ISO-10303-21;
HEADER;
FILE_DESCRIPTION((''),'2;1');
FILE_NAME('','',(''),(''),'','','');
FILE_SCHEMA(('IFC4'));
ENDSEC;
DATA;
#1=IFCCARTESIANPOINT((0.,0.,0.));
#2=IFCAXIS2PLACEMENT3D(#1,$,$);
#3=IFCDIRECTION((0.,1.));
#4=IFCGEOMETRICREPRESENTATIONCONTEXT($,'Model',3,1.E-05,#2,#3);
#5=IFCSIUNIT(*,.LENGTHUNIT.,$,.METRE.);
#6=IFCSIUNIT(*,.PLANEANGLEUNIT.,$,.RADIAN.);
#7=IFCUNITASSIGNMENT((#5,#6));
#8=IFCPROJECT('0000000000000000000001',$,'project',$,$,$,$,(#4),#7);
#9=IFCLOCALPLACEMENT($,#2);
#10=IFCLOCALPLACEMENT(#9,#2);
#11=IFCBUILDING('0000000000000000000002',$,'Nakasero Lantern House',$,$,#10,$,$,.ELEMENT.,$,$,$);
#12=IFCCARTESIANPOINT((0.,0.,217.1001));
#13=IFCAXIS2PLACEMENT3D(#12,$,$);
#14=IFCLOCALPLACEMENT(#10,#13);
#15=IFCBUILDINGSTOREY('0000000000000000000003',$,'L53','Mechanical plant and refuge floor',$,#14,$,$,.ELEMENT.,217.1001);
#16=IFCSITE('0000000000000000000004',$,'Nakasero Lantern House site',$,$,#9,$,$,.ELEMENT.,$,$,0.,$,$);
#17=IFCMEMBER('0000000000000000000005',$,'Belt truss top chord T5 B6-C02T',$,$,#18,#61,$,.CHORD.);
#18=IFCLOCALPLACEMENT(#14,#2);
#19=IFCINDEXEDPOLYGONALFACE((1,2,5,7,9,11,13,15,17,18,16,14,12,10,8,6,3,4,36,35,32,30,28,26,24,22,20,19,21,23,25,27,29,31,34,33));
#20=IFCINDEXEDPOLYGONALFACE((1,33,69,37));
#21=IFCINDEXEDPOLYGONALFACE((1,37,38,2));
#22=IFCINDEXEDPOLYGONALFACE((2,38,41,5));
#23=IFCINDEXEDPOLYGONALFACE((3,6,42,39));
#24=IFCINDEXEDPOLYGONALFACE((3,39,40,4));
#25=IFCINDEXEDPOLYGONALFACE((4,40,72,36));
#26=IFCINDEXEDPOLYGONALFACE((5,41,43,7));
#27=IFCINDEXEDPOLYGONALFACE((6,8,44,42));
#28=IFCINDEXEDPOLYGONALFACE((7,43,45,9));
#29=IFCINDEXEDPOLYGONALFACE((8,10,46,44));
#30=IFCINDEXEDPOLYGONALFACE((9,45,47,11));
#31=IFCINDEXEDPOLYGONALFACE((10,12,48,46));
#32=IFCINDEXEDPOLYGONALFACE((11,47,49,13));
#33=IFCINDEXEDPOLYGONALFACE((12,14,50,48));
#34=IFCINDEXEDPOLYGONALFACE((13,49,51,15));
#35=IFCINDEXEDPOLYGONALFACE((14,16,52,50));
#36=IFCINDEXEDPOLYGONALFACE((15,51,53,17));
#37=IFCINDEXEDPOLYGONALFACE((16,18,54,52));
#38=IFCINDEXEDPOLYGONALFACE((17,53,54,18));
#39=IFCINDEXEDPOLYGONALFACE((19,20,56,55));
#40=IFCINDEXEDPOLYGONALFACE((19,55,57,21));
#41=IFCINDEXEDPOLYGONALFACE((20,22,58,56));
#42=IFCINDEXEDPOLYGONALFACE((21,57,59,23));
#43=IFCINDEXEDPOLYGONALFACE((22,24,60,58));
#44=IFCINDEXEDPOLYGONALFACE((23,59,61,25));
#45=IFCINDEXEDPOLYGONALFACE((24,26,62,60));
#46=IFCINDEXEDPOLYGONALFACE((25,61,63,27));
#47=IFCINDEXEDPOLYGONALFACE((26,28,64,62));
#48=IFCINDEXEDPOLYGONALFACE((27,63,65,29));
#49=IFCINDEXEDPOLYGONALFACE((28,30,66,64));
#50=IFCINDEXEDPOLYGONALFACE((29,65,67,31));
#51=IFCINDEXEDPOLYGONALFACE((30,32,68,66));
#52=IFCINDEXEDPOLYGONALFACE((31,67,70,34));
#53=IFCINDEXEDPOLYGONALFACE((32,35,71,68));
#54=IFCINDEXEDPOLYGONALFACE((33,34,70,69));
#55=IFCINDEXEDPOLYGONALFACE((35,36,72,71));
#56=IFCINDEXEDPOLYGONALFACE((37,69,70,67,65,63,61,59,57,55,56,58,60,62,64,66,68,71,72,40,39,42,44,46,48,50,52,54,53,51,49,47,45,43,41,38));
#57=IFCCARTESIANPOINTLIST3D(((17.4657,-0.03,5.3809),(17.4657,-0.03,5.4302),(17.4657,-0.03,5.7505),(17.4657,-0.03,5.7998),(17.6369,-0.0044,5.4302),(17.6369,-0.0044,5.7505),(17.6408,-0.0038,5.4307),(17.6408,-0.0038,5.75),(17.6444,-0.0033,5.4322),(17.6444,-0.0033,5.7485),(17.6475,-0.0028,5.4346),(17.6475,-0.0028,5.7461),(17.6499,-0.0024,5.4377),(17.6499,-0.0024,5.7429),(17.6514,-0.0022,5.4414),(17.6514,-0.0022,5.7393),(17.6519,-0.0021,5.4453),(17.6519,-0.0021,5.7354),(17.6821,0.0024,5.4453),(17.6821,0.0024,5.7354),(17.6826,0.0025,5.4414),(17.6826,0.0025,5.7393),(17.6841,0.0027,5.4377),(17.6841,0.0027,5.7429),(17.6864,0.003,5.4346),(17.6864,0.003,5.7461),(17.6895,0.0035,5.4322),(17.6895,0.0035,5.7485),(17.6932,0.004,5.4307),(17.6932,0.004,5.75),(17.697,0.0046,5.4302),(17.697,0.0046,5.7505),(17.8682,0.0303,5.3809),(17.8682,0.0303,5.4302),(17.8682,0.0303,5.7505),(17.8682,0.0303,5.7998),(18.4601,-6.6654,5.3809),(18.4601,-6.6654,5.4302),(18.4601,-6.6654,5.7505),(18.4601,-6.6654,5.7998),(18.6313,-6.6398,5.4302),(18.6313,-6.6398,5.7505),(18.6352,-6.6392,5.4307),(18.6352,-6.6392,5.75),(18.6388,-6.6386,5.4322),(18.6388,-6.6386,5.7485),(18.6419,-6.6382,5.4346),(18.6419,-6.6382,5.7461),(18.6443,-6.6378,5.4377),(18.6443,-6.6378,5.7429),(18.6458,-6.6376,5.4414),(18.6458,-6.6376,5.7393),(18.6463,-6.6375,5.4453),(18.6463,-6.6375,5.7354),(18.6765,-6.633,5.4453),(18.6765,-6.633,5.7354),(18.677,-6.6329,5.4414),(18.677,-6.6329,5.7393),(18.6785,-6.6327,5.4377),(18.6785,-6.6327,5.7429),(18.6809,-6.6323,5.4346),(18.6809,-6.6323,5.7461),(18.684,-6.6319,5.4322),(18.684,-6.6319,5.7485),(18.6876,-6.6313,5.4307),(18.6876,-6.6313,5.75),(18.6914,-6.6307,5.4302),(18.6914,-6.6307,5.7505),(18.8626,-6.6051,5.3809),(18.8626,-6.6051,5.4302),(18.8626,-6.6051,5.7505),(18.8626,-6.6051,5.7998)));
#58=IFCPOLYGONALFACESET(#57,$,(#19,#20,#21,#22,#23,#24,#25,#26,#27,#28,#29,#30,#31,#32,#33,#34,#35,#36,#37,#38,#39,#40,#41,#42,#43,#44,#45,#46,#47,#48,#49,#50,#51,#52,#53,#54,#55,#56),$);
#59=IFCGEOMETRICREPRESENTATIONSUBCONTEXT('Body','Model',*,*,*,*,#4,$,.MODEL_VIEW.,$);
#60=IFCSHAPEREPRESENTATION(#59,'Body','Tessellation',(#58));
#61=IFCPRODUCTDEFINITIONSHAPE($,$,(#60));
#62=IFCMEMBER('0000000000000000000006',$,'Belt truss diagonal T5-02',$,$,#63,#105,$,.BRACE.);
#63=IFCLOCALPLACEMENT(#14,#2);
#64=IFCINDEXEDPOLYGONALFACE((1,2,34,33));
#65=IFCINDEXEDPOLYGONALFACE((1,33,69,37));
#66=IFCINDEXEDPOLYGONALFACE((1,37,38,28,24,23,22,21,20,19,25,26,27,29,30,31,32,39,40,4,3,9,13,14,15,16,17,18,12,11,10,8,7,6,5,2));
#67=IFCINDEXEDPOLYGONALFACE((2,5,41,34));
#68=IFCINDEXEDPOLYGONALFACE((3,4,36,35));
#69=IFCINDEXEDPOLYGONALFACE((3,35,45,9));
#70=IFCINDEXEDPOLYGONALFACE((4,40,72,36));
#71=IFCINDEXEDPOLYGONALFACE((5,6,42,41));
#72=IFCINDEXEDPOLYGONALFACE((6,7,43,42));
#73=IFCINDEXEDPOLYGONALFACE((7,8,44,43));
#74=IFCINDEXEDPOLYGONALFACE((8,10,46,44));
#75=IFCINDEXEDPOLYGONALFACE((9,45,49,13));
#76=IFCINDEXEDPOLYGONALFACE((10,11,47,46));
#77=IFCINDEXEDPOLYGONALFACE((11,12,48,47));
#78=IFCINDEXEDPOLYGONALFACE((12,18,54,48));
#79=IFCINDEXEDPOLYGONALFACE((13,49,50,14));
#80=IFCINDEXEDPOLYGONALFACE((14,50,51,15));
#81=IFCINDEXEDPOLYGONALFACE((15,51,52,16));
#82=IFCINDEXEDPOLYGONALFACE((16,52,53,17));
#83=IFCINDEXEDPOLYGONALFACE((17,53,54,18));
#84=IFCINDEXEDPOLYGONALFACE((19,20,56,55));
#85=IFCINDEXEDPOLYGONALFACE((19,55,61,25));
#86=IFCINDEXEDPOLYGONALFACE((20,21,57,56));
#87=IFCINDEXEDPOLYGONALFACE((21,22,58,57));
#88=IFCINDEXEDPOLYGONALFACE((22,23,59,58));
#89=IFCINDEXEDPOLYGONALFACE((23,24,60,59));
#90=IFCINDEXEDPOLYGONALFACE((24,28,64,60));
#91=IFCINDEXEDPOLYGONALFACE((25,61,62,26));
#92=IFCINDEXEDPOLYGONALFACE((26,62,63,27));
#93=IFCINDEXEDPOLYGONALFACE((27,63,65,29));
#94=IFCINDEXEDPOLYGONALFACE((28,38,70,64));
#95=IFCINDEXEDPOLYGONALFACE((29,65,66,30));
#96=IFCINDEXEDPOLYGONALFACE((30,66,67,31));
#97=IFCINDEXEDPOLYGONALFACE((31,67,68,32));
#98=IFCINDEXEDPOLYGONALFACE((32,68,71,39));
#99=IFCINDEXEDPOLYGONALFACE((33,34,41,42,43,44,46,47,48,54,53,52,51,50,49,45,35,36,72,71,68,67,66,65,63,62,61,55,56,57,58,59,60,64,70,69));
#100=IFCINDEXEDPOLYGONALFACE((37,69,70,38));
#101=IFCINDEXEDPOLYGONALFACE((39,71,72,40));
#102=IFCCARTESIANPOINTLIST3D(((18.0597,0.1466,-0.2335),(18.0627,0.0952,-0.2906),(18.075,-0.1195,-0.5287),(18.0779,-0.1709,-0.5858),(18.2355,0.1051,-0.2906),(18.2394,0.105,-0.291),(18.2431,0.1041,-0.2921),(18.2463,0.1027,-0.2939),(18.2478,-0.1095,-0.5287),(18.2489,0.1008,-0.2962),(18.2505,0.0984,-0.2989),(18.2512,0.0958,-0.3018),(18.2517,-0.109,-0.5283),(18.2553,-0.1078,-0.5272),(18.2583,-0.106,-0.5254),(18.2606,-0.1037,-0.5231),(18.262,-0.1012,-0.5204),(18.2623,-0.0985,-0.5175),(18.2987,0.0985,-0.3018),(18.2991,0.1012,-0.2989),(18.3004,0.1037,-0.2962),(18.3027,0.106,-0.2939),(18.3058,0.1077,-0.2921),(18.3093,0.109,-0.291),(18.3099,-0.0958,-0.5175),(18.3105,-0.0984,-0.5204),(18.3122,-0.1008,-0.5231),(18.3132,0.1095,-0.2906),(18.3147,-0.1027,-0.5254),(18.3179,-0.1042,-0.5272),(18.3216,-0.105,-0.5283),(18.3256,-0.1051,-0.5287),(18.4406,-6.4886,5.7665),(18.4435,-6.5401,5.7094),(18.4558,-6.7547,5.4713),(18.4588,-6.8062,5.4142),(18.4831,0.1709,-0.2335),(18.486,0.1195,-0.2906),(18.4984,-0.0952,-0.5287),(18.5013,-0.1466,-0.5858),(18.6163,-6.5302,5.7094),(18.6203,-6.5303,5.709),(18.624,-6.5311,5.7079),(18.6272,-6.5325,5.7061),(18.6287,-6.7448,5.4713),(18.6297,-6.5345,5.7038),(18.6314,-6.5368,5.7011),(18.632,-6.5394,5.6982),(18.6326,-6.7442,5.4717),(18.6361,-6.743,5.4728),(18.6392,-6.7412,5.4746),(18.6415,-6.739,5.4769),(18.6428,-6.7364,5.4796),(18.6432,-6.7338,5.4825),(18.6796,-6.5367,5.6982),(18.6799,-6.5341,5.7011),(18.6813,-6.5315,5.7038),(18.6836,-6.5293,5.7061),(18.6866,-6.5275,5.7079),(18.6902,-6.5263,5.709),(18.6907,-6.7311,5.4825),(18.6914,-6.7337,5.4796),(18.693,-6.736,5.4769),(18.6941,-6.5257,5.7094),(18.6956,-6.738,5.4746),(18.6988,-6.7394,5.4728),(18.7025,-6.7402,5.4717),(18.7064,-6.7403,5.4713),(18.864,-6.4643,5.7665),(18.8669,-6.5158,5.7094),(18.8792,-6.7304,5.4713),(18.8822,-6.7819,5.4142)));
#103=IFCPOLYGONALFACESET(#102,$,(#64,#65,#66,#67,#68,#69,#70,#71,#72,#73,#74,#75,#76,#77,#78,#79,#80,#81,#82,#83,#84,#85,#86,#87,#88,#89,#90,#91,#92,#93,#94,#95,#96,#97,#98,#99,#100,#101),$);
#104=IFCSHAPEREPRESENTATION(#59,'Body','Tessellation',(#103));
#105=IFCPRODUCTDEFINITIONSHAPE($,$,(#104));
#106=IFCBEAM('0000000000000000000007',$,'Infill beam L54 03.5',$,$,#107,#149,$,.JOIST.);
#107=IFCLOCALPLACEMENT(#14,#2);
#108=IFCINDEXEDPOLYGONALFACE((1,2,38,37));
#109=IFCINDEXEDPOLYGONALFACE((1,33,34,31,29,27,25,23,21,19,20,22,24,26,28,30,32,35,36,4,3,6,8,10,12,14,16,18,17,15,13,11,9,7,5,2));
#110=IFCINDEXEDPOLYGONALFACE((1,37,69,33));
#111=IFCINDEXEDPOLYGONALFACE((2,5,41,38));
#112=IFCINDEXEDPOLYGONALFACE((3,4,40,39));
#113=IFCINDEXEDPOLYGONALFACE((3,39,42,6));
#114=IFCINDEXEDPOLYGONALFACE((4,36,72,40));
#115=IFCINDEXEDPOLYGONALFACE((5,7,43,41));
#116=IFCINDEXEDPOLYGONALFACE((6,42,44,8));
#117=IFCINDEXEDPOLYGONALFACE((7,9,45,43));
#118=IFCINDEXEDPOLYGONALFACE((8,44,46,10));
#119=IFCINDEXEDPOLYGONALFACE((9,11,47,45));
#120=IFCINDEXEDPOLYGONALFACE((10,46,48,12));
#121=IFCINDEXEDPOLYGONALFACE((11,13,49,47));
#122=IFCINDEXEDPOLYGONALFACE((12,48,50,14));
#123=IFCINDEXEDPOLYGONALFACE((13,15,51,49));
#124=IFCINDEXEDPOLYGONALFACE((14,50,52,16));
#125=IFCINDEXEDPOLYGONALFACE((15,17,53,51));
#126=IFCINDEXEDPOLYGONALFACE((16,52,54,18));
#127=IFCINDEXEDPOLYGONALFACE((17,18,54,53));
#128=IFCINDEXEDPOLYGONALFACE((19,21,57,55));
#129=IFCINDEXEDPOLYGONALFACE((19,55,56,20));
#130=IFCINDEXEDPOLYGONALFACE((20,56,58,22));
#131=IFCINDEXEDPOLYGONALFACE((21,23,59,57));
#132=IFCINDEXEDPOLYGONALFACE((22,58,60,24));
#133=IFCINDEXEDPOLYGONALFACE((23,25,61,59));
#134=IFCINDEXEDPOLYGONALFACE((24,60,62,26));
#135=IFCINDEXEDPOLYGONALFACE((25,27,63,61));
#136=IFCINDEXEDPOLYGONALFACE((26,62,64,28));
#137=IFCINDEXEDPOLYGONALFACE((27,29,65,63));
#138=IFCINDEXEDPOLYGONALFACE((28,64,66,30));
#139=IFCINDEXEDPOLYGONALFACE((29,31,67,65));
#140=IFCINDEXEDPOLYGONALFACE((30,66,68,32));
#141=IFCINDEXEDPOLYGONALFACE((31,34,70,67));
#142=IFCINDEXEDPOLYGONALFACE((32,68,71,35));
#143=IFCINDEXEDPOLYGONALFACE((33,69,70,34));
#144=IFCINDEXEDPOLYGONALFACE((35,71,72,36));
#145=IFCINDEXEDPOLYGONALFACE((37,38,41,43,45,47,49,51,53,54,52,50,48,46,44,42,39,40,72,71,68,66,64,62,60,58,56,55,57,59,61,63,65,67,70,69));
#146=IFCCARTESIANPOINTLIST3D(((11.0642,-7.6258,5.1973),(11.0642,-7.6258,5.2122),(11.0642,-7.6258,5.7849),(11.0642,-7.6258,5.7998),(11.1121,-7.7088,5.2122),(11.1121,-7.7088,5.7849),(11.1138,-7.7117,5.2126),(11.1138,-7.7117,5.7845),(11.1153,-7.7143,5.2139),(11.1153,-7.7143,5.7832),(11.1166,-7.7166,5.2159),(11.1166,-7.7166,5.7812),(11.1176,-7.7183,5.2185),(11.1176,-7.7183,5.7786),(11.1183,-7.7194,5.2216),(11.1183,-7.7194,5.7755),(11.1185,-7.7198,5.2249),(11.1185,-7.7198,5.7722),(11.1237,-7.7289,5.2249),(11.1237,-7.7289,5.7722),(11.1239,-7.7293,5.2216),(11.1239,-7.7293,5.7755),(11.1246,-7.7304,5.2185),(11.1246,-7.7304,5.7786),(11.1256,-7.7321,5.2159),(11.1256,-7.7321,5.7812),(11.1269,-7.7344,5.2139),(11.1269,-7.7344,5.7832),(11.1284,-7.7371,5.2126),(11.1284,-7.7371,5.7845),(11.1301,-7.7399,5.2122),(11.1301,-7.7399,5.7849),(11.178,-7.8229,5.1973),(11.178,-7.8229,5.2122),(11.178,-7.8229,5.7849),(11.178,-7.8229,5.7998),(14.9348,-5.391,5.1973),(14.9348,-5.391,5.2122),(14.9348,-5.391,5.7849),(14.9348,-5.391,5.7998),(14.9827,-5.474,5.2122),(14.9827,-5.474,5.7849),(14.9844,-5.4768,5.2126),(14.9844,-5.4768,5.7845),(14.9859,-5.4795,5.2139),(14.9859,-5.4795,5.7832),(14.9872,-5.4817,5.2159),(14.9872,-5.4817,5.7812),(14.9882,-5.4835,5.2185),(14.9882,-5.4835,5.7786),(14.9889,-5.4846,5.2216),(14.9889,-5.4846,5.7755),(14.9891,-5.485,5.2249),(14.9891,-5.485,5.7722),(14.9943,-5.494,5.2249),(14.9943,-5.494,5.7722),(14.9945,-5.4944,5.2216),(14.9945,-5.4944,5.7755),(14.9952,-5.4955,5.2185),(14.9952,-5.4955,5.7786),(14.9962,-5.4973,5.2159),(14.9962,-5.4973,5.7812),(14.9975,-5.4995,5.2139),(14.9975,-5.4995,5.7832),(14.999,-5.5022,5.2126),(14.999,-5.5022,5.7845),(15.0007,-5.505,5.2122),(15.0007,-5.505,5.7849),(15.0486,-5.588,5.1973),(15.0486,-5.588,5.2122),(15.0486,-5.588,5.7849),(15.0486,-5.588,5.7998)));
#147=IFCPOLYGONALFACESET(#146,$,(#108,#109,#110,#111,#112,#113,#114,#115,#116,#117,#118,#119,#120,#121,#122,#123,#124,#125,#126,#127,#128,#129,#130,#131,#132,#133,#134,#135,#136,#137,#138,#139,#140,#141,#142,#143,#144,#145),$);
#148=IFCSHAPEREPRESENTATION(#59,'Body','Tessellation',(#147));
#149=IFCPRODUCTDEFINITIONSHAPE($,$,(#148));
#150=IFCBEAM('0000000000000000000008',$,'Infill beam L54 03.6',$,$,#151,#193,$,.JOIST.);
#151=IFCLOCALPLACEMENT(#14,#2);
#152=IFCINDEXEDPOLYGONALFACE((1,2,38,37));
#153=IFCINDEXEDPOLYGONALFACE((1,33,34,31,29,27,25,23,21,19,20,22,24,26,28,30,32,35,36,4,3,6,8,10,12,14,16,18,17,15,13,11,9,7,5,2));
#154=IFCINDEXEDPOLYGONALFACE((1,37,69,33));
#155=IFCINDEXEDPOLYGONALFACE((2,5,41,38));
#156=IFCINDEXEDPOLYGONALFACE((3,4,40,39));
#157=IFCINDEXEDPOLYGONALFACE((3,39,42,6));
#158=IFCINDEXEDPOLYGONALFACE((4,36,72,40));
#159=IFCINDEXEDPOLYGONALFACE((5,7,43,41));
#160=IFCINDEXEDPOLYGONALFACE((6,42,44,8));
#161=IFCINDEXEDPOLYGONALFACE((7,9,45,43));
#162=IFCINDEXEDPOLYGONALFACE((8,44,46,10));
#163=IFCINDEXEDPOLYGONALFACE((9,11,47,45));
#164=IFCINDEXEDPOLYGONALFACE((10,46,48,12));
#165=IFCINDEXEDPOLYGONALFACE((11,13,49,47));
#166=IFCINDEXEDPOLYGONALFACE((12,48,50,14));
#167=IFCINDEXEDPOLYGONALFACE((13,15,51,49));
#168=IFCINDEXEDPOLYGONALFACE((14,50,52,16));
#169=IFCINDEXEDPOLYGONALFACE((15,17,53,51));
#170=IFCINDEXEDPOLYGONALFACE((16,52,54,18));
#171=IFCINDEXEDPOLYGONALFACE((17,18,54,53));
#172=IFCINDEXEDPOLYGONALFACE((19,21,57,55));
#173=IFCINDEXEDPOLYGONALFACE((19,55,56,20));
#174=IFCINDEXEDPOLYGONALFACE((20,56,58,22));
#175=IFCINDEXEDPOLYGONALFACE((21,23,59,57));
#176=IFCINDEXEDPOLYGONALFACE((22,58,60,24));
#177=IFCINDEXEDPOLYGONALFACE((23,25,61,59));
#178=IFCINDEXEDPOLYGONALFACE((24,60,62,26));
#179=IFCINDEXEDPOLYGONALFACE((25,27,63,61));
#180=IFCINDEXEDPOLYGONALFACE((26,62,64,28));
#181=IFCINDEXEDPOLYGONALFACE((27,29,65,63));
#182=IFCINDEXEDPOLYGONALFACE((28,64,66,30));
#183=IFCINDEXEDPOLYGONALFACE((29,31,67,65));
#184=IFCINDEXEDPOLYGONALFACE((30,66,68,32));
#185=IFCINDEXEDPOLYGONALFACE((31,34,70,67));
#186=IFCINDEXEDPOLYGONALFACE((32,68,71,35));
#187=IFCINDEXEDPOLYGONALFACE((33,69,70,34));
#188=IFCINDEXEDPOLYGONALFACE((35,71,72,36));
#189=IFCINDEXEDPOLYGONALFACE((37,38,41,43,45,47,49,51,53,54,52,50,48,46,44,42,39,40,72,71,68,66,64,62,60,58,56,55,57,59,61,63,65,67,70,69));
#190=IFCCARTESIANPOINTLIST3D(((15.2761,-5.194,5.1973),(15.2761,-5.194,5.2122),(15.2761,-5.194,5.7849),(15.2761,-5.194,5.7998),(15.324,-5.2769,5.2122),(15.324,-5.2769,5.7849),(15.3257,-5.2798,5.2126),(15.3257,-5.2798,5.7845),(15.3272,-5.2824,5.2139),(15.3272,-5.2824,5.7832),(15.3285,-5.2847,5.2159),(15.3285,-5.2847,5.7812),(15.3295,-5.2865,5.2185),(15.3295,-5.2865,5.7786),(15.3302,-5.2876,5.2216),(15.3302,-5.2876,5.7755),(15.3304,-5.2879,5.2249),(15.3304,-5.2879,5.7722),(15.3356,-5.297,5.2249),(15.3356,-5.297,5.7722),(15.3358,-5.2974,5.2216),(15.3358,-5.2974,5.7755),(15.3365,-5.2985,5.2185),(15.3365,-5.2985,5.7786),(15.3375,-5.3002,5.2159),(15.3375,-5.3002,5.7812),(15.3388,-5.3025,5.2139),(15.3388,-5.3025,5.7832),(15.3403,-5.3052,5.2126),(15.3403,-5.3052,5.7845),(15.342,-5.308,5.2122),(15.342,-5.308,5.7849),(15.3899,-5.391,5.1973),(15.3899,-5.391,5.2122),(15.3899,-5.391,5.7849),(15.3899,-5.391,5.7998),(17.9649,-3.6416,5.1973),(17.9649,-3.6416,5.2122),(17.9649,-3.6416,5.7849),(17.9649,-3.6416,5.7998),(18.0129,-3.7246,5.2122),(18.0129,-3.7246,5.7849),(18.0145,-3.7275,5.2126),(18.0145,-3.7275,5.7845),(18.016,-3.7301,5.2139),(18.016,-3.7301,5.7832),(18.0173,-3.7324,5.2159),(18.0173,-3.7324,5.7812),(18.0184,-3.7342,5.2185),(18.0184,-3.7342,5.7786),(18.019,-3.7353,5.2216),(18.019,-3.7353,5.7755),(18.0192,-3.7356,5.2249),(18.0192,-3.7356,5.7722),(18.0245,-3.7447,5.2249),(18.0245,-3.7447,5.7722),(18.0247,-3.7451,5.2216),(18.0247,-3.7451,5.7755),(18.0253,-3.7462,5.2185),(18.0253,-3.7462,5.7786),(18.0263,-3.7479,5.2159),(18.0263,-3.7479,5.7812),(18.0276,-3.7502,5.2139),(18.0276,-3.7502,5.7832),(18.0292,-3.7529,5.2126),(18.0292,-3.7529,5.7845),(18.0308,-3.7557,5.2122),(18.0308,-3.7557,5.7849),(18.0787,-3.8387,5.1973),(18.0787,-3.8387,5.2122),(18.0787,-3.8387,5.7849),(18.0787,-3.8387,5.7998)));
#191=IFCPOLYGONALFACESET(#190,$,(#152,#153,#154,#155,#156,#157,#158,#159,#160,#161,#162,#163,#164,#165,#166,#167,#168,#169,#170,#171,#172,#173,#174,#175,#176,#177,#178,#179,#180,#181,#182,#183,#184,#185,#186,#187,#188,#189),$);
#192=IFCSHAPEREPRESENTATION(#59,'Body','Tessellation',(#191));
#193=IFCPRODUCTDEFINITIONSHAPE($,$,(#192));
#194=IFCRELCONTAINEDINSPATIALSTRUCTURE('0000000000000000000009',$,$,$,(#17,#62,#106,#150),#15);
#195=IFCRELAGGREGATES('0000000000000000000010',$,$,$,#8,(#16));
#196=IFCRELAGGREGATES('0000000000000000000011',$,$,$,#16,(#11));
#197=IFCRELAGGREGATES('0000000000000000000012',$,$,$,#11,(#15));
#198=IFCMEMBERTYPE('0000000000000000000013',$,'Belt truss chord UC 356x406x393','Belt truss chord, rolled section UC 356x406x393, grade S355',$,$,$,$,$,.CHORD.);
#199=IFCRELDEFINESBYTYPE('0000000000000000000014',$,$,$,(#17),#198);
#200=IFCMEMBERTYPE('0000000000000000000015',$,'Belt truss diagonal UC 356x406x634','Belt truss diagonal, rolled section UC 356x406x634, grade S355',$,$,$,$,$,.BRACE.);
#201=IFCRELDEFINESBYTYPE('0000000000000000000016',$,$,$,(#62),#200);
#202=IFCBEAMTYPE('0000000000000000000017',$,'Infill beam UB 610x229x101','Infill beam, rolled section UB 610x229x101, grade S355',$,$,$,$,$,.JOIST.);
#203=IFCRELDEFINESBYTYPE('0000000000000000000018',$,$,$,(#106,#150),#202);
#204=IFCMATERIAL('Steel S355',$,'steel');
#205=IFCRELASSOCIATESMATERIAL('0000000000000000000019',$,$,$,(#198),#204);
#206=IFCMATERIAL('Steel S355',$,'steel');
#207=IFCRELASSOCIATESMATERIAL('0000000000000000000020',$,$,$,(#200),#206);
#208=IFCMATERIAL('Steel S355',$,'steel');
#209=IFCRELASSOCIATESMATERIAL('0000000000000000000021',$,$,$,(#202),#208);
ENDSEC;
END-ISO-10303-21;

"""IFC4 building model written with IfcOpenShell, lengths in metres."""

from ifc_helpers import new_model, si_unit, direction, frame, origin, origin_2d, place, context, subcontext, project, spatial, i_section, extrude, material, material_profile, profile_set, type_object, element, save


model = new_model("IFC4")

# Units and contexts
model_context = context("Model", 3, precision=1e-05, world=origin(), true_north=direction((0.0, 1.0)))
body_context = subcontext(model_context, "Body", "Model", "MODEL_VIEW")
ifc_project = project(units=[si_unit("LENGTHUNIT", "METRE"), si_unit("PLANEANGLEUNIT", "RADIAN")], contexts=[model_context])

# Site, building, storey
site_placement = place(None, origin())
site = spatial("IfcSite", under=ifc_project, at=site_placement, Name="Nakasero Lantern House site", CompositionType="ELEMENT", RefElevation=0.0)
building_placement = place(site_placement, origin())
building = spatial("IfcBuilding", under=site, at=building_placement, Name="Nakasero Lantern House", CompositionType="ELEMENT")
storey_placement = place(building_placement, frame((0.0, 0.0, 217.1001)))
storey = spatial("IfcBuildingStorey", under=building, at=storey_placement, Name="L53", Description="Mechanical plant and refuge floor", CompositionType="ELEMENT", Elevation=217.1001)

# Members
ifc_material_1 = material(Name="Steel S355", Category="steel")
ifc_material_profile_1 = material_profile(ifc_material_1, i_section(OverallWidth=0.407, OverallDepth=0.4189, WebThickness=0.0305, FlangeThickness=0.0493, FilletRadius=0.0151, at=origin_2d()), Name="UC 356x406x393")
ifc_profile_set_1 = profile_set([ifc_material_profile_1], Name="Steel S355")
member_type_1 = type_object("IfcMemberType", Name="Belt truss chord UC 356x406x393", Description="Belt truss chord, rolled section UC 356x406x393, grade S355", PredefinedType="CHORD", material=ifc_profile_set_1)
member_1_placement = place(storey_placement, frame((18.6614, -6.6353, 5.5903), z_axis=(-0.148209, 0.988956, 0.0), x_axis=(-0.988956, -0.148209, 0.0)))
element("IfcMember", 1, at=member_1_placement, inside=storey, type_object=member_type_1, Name="Belt truss top chord T5 B6-C02T", PredefinedType="CHORD", context=body_context, shape_type="SweptSolid", body=[
    extrude(i_section(OverallWidth=0.407, OverallDepth=0.4189, WebThickness=0.0305, FlangeThickness=0.0493, FilletRadius=0.0151, at=origin_2d()), origin(), (0.0, 0.0, 1.0), 6.7095),
])
ifc_material_2 = material(Name="Steel S355", Category="steel")
ifc_material_profile_2 = material_profile(ifc_material_2, i_section(OverallWidth=0.4241, OverallDepth=0.4746, WebThickness=0.0476, FlangeThickness=0.0769, FilletRadius=0.0151, at=origin_2d()), Name="UC 356x406x634")
ifc_profile_set_2 = profile_set([ifc_material_profile_2], Name="Steel S355")
member_type_2 = type_object("IfcMemberType", Name="Belt truss diagonal UC 356x406x634", Description="Belt truss diagonal, rolled section UC 356x406x634, grade S355", PredefinedType="BRACE", material=ifc_profile_set_2)
member_2_placement = place(storey_placement, frame((18.6614, -6.6353, 5.5903), z_axis=(-0.042536, 0.741049, -0.670102), x_axis=(-0.998357, -0.057305, 0.0)))
element("IfcMember", 2, at=member_2_placement, inside=storey, type_object=member_type_2, Name="Belt truss diagonal T5-02", PredefinedType="BRACE", context=body_context, shape_type="SweptSolid", body=[
    extrude(i_section(OverallWidth=0.4241, OverallDepth=0.4746, WebThickness=0.0476, FlangeThickness=0.0769, FilletRadius=0.0151, at=origin_2d()), origin(), (0.0, 0.0, 1.0), 8.9539),
])

# Beams
ifc_material_3 = material(Name="Steel S355", Category="steel")
ifc_material_profile_3 = material_profile(ifc_material_3, i_section(OverallWidth=0.2275, OverallDepth=0.6025, WebThickness=0.0105, FlangeThickness=0.0149, FilletRadius=0.0127, at=origin_2d()), Name="UB 610x229x101")
ifc_profile_set_3 = profile_set([ifc_material_profile_3], Name="Steel S355")
beam_type_1 = type_object("IfcBeamType", Name="Infill beam UB 610x229x101", Description="Infill beam, rolled section UB 610x229x101, grade S355", PredefinedType="JOIST", material=ifc_profile_set_3)
beam_1_placement = place(storey_placement, frame((11.1211, -7.7244, 5.4985), z_axis=(0.866009, 0.500028, 0.0), x_axis=(-0.500028, 0.866009, 0.0)))
element("IfcBeam", 3, at=beam_1_placement, inside=storey, type_object=beam_type_1, Name="Infill beam L54 03.5", PredefinedType="JOIST", context=body_context, shape_type="SweptSolid", body=[
    extrude(i_section(OverallWidth=0.2275, OverallDepth=0.6025, WebThickness=0.0105, FlangeThickness=0.0149, FilletRadius=0.0127, at=origin_2d()), origin(), (0.0, 0.0, 1.0), 4.4695),
])
beam_2_placement = place(storey_placement, frame((15.333, -5.2925, 5.4985), z_axis=(0.866038, 0.499979, 0.0), x_axis=(-0.499979, 0.866038, 0.0)))
element("IfcBeam", 4, at=beam_2_placement, inside=storey, type_object=beam_type_1, Name="Infill beam L54 03.6", PredefinedType="JOIST", context=body_context, shape_type="SweptSolid", body=[
    extrude(i_section(OverallWidth=0.2275, OverallDepth=0.6025, WebThickness=0.0105, FlangeThickness=0.0149, FilletRadius=0.0127, at=origin_2d()), origin(), (0.0, 0.0, 1.0), 3.1047),
])

save(model, "model.ifc")
